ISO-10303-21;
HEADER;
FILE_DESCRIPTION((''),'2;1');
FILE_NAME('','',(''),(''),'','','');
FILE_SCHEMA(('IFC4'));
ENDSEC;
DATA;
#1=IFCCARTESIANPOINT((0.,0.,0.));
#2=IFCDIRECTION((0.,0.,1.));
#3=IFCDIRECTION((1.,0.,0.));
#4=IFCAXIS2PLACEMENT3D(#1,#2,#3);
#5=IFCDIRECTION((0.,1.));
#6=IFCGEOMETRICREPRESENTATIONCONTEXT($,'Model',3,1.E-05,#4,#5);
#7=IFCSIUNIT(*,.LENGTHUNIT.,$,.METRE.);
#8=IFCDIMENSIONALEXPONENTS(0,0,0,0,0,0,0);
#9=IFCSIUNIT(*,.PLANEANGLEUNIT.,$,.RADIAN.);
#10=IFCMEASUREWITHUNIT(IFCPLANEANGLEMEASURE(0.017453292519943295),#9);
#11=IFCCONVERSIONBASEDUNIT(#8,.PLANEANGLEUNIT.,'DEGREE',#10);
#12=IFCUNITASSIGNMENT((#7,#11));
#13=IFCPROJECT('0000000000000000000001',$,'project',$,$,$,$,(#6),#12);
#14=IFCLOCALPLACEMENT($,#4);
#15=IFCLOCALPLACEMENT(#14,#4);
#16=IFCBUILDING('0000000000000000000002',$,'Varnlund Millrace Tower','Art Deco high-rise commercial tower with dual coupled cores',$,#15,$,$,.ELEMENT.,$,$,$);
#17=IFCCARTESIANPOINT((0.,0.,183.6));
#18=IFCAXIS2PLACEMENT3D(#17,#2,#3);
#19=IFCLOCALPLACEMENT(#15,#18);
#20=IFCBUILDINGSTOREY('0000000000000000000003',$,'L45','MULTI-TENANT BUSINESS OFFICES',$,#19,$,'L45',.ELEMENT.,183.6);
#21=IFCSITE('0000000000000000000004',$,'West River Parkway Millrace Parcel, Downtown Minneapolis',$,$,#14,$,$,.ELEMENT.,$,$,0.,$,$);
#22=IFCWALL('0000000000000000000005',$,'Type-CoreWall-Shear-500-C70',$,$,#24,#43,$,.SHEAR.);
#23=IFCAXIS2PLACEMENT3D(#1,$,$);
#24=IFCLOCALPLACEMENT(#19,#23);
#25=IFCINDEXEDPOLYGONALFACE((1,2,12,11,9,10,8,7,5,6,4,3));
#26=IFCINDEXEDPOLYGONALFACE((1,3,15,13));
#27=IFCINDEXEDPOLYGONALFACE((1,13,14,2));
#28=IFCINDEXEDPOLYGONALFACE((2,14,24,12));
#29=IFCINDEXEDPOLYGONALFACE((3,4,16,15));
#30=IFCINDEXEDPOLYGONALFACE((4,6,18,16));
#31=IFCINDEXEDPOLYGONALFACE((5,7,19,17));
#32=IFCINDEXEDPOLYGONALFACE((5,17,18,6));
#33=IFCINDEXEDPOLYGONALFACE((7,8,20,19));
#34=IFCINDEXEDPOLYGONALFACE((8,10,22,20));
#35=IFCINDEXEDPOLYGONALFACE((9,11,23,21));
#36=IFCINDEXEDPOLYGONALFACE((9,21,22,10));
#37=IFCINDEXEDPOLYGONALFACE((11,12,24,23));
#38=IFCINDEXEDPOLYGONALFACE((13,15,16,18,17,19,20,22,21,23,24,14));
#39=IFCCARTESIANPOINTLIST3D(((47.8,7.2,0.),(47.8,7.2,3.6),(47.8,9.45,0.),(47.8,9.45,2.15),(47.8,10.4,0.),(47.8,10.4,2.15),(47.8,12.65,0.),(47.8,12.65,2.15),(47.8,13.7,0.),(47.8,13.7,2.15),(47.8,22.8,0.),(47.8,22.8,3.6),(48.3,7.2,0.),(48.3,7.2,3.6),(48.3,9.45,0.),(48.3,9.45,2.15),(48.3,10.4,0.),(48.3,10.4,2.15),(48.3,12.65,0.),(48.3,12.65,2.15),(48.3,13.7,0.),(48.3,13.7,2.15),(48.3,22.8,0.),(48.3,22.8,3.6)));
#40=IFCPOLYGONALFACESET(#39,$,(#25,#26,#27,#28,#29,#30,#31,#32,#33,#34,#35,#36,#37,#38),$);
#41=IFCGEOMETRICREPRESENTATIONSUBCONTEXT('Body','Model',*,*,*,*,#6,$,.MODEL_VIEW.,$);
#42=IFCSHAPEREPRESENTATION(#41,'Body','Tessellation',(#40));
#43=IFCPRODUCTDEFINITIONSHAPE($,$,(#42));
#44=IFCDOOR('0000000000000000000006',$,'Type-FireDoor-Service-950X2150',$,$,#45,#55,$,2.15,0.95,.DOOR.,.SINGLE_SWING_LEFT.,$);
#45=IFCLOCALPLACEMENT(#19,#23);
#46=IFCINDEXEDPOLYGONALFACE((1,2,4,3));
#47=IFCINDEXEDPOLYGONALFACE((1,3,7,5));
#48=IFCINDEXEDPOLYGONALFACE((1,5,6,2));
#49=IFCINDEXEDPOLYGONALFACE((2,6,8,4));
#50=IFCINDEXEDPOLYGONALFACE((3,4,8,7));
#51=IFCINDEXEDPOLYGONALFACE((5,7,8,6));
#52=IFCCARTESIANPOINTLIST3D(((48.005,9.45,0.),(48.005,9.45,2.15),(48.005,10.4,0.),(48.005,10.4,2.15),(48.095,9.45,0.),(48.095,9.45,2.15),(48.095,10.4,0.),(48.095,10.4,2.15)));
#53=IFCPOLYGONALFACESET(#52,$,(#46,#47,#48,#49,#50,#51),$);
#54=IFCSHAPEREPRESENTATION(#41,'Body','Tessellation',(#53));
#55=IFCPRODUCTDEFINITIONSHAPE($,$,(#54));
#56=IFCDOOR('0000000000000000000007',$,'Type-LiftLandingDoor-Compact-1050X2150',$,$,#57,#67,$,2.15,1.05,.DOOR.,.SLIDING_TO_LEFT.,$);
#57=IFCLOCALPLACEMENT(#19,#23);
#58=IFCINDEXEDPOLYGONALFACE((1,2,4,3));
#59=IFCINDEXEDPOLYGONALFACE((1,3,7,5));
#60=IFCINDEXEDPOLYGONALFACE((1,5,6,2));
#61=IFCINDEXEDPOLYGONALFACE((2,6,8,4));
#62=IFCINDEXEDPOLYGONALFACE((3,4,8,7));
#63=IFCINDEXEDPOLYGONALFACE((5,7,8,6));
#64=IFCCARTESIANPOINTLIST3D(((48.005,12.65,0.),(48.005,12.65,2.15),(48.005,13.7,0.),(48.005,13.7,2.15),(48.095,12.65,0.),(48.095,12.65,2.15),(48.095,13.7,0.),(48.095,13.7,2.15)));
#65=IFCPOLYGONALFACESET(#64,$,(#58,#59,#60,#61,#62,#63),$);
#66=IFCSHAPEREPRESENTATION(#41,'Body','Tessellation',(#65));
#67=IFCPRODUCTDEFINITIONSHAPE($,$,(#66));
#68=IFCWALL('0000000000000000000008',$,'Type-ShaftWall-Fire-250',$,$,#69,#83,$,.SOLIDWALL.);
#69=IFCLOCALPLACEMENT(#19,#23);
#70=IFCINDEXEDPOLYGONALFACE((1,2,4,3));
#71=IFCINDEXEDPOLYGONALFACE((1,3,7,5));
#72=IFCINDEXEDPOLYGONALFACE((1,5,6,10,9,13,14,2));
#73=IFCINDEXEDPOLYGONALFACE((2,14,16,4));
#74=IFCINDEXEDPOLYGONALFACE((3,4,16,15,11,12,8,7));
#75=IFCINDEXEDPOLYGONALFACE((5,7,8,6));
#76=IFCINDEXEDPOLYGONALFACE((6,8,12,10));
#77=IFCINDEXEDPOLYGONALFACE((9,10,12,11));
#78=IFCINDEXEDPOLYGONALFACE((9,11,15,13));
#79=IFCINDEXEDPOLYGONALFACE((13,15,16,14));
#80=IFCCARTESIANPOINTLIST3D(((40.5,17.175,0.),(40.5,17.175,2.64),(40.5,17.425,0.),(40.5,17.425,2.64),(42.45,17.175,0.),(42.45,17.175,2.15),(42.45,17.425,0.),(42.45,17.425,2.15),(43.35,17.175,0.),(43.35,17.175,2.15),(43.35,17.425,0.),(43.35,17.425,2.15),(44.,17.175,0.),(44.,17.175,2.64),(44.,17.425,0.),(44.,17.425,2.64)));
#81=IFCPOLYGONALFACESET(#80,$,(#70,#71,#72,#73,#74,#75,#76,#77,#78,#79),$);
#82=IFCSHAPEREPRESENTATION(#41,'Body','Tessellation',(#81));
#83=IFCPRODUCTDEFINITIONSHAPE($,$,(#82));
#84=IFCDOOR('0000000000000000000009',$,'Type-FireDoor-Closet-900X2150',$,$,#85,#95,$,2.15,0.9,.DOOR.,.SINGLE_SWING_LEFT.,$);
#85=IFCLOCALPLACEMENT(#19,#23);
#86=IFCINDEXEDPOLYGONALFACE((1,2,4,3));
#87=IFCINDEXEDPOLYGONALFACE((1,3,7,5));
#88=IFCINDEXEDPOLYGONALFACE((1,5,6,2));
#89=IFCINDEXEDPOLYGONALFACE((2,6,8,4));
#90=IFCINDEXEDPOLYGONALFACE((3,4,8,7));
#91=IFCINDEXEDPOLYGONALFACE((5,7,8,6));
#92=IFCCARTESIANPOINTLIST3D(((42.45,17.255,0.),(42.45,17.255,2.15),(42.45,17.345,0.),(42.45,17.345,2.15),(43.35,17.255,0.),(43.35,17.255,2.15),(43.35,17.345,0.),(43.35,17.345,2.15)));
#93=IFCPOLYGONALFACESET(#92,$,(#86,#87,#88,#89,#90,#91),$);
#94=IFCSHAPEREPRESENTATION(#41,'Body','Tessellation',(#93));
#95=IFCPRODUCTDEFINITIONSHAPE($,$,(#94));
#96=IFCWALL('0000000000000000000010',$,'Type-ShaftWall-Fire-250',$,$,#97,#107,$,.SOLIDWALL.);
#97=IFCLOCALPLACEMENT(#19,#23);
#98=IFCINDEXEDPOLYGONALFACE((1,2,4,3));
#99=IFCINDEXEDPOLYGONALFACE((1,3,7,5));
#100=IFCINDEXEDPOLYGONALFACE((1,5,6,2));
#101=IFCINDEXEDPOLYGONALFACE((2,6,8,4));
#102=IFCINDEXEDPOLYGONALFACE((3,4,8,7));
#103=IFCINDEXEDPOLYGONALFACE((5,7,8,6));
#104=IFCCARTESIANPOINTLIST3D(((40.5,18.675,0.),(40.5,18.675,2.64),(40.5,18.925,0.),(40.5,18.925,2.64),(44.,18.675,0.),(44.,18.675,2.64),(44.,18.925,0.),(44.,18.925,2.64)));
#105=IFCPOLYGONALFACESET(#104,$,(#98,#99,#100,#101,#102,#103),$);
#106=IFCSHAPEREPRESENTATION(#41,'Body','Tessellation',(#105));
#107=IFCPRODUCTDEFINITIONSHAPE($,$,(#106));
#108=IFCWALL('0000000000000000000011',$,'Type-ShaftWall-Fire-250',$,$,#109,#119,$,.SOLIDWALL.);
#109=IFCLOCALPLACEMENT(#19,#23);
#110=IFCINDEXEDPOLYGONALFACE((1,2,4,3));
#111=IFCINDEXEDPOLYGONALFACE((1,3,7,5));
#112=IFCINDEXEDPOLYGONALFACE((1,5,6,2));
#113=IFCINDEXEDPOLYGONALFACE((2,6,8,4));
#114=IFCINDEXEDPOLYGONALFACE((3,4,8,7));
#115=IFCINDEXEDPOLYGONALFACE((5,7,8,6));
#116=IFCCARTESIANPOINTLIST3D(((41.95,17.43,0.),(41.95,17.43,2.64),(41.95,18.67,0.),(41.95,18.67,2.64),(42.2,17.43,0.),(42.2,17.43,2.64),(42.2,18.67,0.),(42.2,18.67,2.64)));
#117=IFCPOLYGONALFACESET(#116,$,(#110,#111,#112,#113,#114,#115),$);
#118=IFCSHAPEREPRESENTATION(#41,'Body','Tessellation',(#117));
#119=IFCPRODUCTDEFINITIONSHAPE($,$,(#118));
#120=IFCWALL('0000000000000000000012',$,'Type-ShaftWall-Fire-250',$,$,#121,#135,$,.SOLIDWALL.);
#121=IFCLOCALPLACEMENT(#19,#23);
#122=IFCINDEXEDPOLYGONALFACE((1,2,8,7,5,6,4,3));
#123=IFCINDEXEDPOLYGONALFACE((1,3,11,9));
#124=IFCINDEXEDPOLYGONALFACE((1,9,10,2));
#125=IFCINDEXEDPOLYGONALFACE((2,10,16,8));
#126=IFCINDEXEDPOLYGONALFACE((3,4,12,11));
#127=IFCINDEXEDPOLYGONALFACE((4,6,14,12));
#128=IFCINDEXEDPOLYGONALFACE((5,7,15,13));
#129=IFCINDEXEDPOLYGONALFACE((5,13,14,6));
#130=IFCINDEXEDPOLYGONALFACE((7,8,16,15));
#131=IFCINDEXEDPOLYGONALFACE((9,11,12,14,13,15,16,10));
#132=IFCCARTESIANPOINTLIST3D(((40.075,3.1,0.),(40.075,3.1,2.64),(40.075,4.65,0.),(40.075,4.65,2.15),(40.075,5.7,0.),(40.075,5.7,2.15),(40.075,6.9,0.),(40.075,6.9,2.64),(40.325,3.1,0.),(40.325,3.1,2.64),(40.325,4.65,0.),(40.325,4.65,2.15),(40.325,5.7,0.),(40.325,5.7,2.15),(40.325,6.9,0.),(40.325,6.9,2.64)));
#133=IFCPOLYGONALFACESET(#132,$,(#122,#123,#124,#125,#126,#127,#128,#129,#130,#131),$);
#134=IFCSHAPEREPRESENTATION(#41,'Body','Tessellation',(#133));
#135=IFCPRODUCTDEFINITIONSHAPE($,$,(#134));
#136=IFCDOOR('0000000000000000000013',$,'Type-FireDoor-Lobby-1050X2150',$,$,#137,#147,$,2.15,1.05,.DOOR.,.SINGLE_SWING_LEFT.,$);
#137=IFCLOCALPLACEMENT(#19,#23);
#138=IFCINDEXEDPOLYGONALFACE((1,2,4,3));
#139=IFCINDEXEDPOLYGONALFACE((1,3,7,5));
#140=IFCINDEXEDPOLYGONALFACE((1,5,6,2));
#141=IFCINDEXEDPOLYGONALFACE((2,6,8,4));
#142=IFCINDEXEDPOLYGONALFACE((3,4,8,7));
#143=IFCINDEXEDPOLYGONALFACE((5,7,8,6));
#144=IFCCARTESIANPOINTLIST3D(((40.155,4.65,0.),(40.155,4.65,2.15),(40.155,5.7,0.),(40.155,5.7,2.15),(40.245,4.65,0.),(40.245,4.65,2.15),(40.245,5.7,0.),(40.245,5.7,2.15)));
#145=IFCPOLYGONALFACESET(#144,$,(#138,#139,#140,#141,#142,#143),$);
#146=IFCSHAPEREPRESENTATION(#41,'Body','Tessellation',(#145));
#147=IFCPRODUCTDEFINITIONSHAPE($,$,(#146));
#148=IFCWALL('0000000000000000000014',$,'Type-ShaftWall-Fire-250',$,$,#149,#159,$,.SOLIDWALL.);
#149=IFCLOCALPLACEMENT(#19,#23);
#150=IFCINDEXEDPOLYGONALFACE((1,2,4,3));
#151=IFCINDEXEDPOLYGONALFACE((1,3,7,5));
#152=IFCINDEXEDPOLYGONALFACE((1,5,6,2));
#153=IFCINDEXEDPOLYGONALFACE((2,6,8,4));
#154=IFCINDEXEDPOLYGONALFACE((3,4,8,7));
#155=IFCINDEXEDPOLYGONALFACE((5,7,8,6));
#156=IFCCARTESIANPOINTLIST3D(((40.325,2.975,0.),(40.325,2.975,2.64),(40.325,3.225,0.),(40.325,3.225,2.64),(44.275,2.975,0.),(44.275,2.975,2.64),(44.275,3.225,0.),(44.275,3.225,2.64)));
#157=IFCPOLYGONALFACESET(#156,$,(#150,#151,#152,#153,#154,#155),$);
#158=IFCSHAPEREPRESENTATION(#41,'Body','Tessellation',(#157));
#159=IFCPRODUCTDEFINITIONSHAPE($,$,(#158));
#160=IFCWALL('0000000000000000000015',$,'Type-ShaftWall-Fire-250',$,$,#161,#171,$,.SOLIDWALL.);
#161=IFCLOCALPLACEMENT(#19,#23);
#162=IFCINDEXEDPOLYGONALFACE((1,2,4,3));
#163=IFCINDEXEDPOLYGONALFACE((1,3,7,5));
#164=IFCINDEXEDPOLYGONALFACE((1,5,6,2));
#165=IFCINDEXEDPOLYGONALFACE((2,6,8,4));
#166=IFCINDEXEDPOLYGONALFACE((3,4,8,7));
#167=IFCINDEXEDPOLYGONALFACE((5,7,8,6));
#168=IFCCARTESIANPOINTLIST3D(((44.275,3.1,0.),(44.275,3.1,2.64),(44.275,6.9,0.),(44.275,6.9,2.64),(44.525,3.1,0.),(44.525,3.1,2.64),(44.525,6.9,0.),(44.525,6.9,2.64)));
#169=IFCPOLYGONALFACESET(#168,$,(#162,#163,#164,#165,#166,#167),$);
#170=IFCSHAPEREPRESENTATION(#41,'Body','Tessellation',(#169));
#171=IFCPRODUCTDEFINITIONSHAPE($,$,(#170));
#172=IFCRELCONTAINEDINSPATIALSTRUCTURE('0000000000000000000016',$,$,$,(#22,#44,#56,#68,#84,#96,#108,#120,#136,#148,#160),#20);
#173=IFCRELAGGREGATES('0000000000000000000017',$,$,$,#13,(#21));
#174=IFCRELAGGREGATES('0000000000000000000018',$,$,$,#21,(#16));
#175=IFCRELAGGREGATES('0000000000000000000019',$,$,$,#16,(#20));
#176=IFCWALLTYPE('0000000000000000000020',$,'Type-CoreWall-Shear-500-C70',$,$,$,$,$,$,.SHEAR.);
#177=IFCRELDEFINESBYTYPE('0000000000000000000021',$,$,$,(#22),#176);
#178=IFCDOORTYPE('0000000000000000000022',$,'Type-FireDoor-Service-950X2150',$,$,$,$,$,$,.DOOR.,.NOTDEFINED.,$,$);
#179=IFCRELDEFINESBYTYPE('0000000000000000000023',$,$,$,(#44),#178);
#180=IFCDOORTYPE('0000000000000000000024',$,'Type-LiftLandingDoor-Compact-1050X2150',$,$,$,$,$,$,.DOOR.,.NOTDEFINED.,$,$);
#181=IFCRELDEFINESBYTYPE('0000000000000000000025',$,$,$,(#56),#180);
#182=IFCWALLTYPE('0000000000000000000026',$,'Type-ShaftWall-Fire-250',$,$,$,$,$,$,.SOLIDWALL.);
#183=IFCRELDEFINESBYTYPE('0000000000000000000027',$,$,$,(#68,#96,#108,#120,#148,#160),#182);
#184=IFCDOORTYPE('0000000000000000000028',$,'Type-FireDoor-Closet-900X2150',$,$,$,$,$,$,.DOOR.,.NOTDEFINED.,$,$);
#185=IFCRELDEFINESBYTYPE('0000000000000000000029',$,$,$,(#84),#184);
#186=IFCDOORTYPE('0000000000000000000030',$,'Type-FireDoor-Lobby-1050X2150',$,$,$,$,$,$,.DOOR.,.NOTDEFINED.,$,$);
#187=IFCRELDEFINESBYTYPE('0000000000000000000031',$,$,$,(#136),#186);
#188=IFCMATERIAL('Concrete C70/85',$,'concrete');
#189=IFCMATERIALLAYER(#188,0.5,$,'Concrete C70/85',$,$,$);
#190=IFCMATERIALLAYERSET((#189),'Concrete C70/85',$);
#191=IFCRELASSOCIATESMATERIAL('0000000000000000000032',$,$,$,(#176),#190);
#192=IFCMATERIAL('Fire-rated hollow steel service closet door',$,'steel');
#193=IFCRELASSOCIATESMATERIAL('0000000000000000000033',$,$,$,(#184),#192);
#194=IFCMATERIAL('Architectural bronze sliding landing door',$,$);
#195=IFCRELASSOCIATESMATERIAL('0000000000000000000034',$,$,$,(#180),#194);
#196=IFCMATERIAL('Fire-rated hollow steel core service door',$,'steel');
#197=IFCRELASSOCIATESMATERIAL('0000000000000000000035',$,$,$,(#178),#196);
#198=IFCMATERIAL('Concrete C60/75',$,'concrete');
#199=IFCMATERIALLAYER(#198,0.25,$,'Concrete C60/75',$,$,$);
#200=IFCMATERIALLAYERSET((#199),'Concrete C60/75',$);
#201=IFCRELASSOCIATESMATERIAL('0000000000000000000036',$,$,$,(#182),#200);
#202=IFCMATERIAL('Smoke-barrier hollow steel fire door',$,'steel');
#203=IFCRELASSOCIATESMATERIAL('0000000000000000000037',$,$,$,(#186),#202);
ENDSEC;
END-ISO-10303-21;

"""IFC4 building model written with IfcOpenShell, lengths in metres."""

from ifc_helpers import new_model, entity, si_unit, converted_unit, direction, frame, origin_with_axes, origin_2d_with_axis, place, context, subcontext, project, spatial, polyline, rectangle, outline, extrude, material, layer, layer_set, type_object, element, fill, save


model = new_model("IFC4")

# Units and contexts
model_context = context("Model", 3, precision=1e-05, world=origin_with_axes(), true_north=direction((0.0, 1.0)))
body_context = subcontext(model_context, "Body", "Model", "MODEL_VIEW")
ifc_project = project(units=[si_unit("LENGTHUNIT", "METRE"), converted_unit("PLANEANGLEUNIT", "DEGREE", entity("IfcPlaneAngleMeasure", 0.017453292519943295), si_unit("PLANEANGLEUNIT", "RADIAN"), dimensions=[0, 0, 0, 0, 0, 0, 0])], contexts=[model_context])

# Site, building, storey
site_placement = place(None, origin_with_axes())
site = spatial("IfcSite", under=ifc_project, at=site_placement, Name="West River Parkway Millrace Parcel, Downtown Minneapolis", CompositionType="ELEMENT", RefElevation=0.0)
building_placement = place(site_placement, origin_with_axes())
building = spatial("IfcBuilding", under=site, at=building_placement, Name="Varnlund Millrace Tower", Description="Art Deco high-rise commercial tower with dual coupled cores", CompositionType="ELEMENT")
storey_placement = place(building_placement, frame((0.0, 0.0, 183.6), z_axis=(0.0, 0.0, 1.0), x_axis=(1.0, 0.0, 0.0)))
storey = spatial("IfcBuildingStorey", under=building, at=storey_placement, Name="L45", Description="MULTI-TENANT BUSINESS OFFICES", LongName="L45", CompositionType="ELEMENT", Elevation=183.6)

# Shared definitions
ifc_material_1 = material(Name="Concrete C70/85", Category="concrete")

# Shared definitions
ifc_layer_1 = layer(ifc_material_1, 0.5, Name="Concrete C70/85")
ifc_layer_set_1 = layer_set([ifc_layer_1], Name="Concrete C70/85")
wall_type_1 = type_object("IfcWallType", Name="Type-CoreWall-Shear-500-C70", PredefinedType="SHEAR", material=ifc_layer_set_1)
ifc_material_2 = material(Name="Fire-rated hollow steel service closet door", Category="steel")
door_type_1 = type_object("IfcDoorType", Name="Type-FireDoor-Closet-900X2150", OperationType="NOTDEFINED", PredefinedType="DOOR", material=ifc_material_2)
ifc_material_3 = material(Name="Architectural bronze sliding landing door")
door_type_2 = type_object("IfcDoorType", Name="Type-LiftLandingDoor-Compact-1050X2150", OperationType="NOTDEFINED", PredefinedType="DOOR", material=ifc_material_3)

# Wall, openings, doors
wall_1_placement = place(storey_placement, frame((48.05, 7.2, 0.0), z_axis=(0.0, 0.0, 1.0), x_axis=(0.0, 1.0, 0.0)))
wall_1 = element("IfcWall", 1, at=wall_1_placement, inside=storey, type_object=wall_type_1, Name="Type-CoreWall-Shear-500-C70", PredefinedType="SHEAR", context=body_context, shape_type="SweptSolid", body=[
    extrude(outline(polyline([(0.0, -0.25), (15.6, -0.25), (15.6, 0.25), (0.0, 0.25), (0.0, -0.25)])), origin_with_axes(), (0.0, 0.0, 1.0), 3.6),
])
opening_1_placement = place(wall_1_placement, frame((5.975, 0.0, 0.0), z_axis=(0.0, 0.0, 1.0), x_axis=(1.0, 0.0, 0.0)))
opening_1 = element("IfcOpeningElement", 2, at=opening_1_placement, cuts=wall_1, PredefinedType="OPENING", context=body_context, shape_type="SweptSolid", body=[
    extrude(rectangle(XDim=1.05, YDim=0.52, at=origin_2d_with_axis()), origin_with_axes(), (0.0, 0.0, 1.0), 2.15),
])
opening_2_placement = place(wall_1_placement, frame((2.725, 0.0, 0.0), z_axis=(0.0, 0.0, 1.0), x_axis=(1.0, 0.0, 0.0)))
opening_2 = element("IfcOpeningElement", 3, at=opening_2_placement, cuts=wall_1, PredefinedType="OPENING", context=body_context, shape_type="SweptSolid", body=[
    extrude(rectangle(XDim=0.95, YDim=0.52, at=origin_2d_with_axis()), origin_with_axes(), (0.0, 0.0, 1.0), 2.15),
])
ifc_material_4 = material(Name="Fire-rated hollow steel core service door", Category="steel")
door_type_3 = type_object("IfcDoorType", Name="Type-FireDoor-Service-950X2150", OperationType="NOTDEFINED", PredefinedType="DOOR", material=ifc_material_4)
door_1_placement = place(wall_1_placement, frame((2.725, 0.0, 0.0), z_axis=(0.0, 0.0, 1.0), x_axis=(1.0, 0.0, 0.0)))
door_1 = element("IfcDoor", 4, at=door_1_placement, inside=storey, type_object=door_type_3, Name="Type-FireDoor-Service-950X2150", OperationType="SINGLE_SWING_LEFT", OverallHeight=2.15, OverallWidth=0.95, PredefinedType="DOOR", context=body_context, shape_type="SweptSolid", body=[
    extrude(rectangle(XDim=0.95, YDim=0.09, at=origin_2d_with_axis()), origin_with_axes(), (0.0, 0.0, 1.0), 2.15),
])
fill(opening_2, door_1)
door_2_placement = place(wall_1_placement, frame((5.975, 0.0, 0.0), z_axis=(0.0, 0.0, 1.0), x_axis=(1.0, 0.0, 0.0)))
door_2 = element("IfcDoor", 5, at=door_2_placement, inside=storey, type_object=door_type_2, Name="Type-LiftLandingDoor-Compact-1050X2150", OperationType="SLIDING_TO_LEFT", OverallHeight=2.15, OverallWidth=1.05, PredefinedType="DOOR", context=body_context, shape_type="SweptSolid", body=[
    extrude(rectangle(XDim=1.05, YDim=0.09, at=origin_2d_with_axis()), origin_with_axes(), (0.0, 0.0, 1.0), 2.15),
])
fill(opening_1, door_2)

# Wall, opening, door
ifc_material_5 = material(Name="Concrete C60/75", Category="concrete")
ifc_layer_2 = layer(ifc_material_5, 0.25, Name="Concrete C60/75")
ifc_layer_set_2 = layer_set([ifc_layer_2], Name="Concrete C60/75")
wall_type_2 = type_object("IfcWallType", Name="Type-ShaftWall-Fire-250", PredefinedType="SOLIDWALL", material=ifc_layer_set_2)
wall_2_placement = place(storey_placement, frame((40.5, 17.3, 0.0), z_axis=(0.0, 0.0, 1.0), x_axis=(1.0, 0.0, 0.0)))
wall_2 = element("IfcWall", 6, at=wall_2_placement, inside=storey, type_object=wall_type_2, Name="Type-ShaftWall-Fire-250", PredefinedType="SOLIDWALL", context=body_context, shape_type="SweptSolid", body=[
    extrude(outline(polyline([(0.0, -0.125), (3.5, -0.125), (3.5, 0.125), (0.0, 0.125), (0.0, -0.125)])), origin_with_axes(), (0.0, 0.0, 1.0), 2.64),
])
opening_3_placement = place(wall_2_placement, frame((2.4, 0.0, 0.0), z_axis=(0.0, 0.0, 1.0), x_axis=(1.0, 0.0, 0.0)))
opening_3 = element("IfcOpeningElement", 7, at=opening_3_placement, cuts=wall_2, PredefinedType="OPENING", context=body_context, shape_type="SweptSolid", body=[
    extrude(rectangle(XDim=0.9, YDim=0.27, at=origin_2d_with_axis()), origin_with_axes(), (0.0, 0.0, 1.0), 2.15),
])
door_3_placement = place(wall_2_placement, frame((2.4, 0.0, 0.0), z_axis=(0.0, 0.0, 1.0), x_axis=(1.0, 0.0, 0.0)))
door_3 = element("IfcDoor", 8, at=door_3_placement, inside=storey, type_object=door_type_1, Name="Type-FireDoor-Closet-900X2150", OperationType="SINGLE_SWING_LEFT", OverallHeight=2.15, OverallWidth=0.9, PredefinedType="DOOR", context=body_context, shape_type="SweptSolid", body=[
    extrude(rectangle(XDim=0.9, YDim=0.09, at=origin_2d_with_axis()), origin_with_axes(), (0.0, 0.0, 1.0), 2.15),
])
fill(opening_3, door_3)

# Walls
wall_3_placement = place(storey_placement, frame((40.5, 18.8, 0.0), z_axis=(0.0, 0.0, 1.0), x_axis=(1.0, 0.0, 0.0)))
element("IfcWall", 9, at=wall_3_placement, inside=storey, type_object=wall_type_2, Name="Type-ShaftWall-Fire-250", PredefinedType="SOLIDWALL", context=body_context, shape_type="SweptSolid", body=[
    extrude(outline(polyline([(0.0, -0.125), (3.5, -0.125), (3.5, 0.125), (0.0, 0.125), (0.0, -0.125)])), origin_with_axes(), (0.0, 0.0, 1.0), 2.64),
])
wall_4_placement = place(storey_placement, frame((42.075, 17.43, 0.0), z_axis=(0.0, 0.0, 1.0), x_axis=(0.0, 1.0, 0.0)))
element("IfcWall", 10, at=wall_4_placement, inside=storey, type_object=wall_type_2, Name="Type-ShaftWall-Fire-250", PredefinedType="SOLIDWALL", context=body_context, shape_type="SweptSolid", body=[
    extrude(outline(polyline([(0.0, -0.125), (1.24, -0.125), (1.24, 0.125), (0.0, 0.125), (0.0, -0.125)])), origin_with_axes(), (0.0, 0.0, 1.0), 2.64),
])

# Wall, opening, door
wall_5_placement = place(storey_placement, frame((40.2, 3.1, 0.0), z_axis=(0.0, 0.0, 1.0), x_axis=(0.0, 1.0, 0.0)))
wall_5 = element("IfcWall", 11, at=wall_5_placement, inside=storey, type_object=wall_type_2, Name="Type-ShaftWall-Fire-250", PredefinedType="SOLIDWALL", context=body_context, shape_type="SweptSolid", body=[
    extrude(outline(polyline([(0.0, -0.125), (3.8, -0.125), (3.8, 0.125), (0.0, 0.125), (0.0, -0.125)])), origin_with_axes(), (0.0, 0.0, 1.0), 2.64),
])
opening_4_placement = place(wall_5_placement, frame((2.075, 0.0, 0.0), z_axis=(0.0, 0.0, 1.0), x_axis=(1.0, 0.0, 0.0)))
opening_4 = element("IfcOpeningElement", 12, at=opening_4_placement, cuts=wall_5, PredefinedType="OPENING", context=body_context, shape_type="SweptSolid", body=[
    extrude(rectangle(XDim=1.05, YDim=0.27, at=origin_2d_with_axis()), origin_with_axes(), (0.0, 0.0, 1.0), 2.15),
])
ifc_material_6 = material(Name="Smoke-barrier hollow steel fire door", Category="steel")
door_type_4 = type_object("IfcDoorType", Name="Type-FireDoor-Lobby-1050X2150", OperationType="NOTDEFINED", PredefinedType="DOOR", material=ifc_material_6)
door_4_placement = place(wall_5_placement, frame((2.075, 0.0, 0.0), z_axis=(0.0, 0.0, 1.0), x_axis=(1.0, 0.0, 0.0)))
door_4 = element("IfcDoor", 13, at=door_4_placement, inside=storey, type_object=door_type_4, Name="Type-FireDoor-Lobby-1050X2150", OperationType="SINGLE_SWING_LEFT", OverallHeight=2.15, OverallWidth=1.05, PredefinedType="DOOR", context=body_context, shape_type="SweptSolid", body=[
    extrude(rectangle(XDim=1.05, YDim=0.09, at=origin_2d_with_axis()), origin_with_axes(), (0.0, 0.0, 1.0), 2.15),
])
fill(opening_4, door_4)

# Walls
wall_6_placement = place(storey_placement, frame((40.325, 3.1, 0.0), z_axis=(0.0, 0.0, 1.0), x_axis=(1.0, 0.0, 0.0)))
element("IfcWall", 14, at=wall_6_placement, inside=storey, type_object=wall_type_2, Name="Type-ShaftWall-Fire-250", PredefinedType="SOLIDWALL", context=body_context, shape_type="SweptSolid", body=[
    extrude(outline(polyline([(0.0, -0.125), (3.95, -0.125), (3.95, 0.125), (0.0, 0.125), (0.0, -0.125)])), origin_with_axes(), (0.0, 0.0, 1.0), 2.64),
])
wall_7_placement = place(storey_placement, frame((44.4, 3.1, 0.0), z_axis=(0.0, 0.0, 1.0), x_axis=(0.0, 1.0, 0.0)))
element("IfcWall", 15, at=wall_7_placement, inside=storey, type_object=wall_type_2, Name="Type-ShaftWall-Fire-250", PredefinedType="SOLIDWALL", context=body_context, shape_type="SweptSolid", body=[
    extrude(outline(polyline([(0.0, -0.125), (3.8, -0.125), (3.8, 0.125), (0.0, 0.125), (0.0, -0.125)])), origin_with_axes(), (0.0, 0.0, 1.0), 2.64),
])

save(model, "model.ifc")
